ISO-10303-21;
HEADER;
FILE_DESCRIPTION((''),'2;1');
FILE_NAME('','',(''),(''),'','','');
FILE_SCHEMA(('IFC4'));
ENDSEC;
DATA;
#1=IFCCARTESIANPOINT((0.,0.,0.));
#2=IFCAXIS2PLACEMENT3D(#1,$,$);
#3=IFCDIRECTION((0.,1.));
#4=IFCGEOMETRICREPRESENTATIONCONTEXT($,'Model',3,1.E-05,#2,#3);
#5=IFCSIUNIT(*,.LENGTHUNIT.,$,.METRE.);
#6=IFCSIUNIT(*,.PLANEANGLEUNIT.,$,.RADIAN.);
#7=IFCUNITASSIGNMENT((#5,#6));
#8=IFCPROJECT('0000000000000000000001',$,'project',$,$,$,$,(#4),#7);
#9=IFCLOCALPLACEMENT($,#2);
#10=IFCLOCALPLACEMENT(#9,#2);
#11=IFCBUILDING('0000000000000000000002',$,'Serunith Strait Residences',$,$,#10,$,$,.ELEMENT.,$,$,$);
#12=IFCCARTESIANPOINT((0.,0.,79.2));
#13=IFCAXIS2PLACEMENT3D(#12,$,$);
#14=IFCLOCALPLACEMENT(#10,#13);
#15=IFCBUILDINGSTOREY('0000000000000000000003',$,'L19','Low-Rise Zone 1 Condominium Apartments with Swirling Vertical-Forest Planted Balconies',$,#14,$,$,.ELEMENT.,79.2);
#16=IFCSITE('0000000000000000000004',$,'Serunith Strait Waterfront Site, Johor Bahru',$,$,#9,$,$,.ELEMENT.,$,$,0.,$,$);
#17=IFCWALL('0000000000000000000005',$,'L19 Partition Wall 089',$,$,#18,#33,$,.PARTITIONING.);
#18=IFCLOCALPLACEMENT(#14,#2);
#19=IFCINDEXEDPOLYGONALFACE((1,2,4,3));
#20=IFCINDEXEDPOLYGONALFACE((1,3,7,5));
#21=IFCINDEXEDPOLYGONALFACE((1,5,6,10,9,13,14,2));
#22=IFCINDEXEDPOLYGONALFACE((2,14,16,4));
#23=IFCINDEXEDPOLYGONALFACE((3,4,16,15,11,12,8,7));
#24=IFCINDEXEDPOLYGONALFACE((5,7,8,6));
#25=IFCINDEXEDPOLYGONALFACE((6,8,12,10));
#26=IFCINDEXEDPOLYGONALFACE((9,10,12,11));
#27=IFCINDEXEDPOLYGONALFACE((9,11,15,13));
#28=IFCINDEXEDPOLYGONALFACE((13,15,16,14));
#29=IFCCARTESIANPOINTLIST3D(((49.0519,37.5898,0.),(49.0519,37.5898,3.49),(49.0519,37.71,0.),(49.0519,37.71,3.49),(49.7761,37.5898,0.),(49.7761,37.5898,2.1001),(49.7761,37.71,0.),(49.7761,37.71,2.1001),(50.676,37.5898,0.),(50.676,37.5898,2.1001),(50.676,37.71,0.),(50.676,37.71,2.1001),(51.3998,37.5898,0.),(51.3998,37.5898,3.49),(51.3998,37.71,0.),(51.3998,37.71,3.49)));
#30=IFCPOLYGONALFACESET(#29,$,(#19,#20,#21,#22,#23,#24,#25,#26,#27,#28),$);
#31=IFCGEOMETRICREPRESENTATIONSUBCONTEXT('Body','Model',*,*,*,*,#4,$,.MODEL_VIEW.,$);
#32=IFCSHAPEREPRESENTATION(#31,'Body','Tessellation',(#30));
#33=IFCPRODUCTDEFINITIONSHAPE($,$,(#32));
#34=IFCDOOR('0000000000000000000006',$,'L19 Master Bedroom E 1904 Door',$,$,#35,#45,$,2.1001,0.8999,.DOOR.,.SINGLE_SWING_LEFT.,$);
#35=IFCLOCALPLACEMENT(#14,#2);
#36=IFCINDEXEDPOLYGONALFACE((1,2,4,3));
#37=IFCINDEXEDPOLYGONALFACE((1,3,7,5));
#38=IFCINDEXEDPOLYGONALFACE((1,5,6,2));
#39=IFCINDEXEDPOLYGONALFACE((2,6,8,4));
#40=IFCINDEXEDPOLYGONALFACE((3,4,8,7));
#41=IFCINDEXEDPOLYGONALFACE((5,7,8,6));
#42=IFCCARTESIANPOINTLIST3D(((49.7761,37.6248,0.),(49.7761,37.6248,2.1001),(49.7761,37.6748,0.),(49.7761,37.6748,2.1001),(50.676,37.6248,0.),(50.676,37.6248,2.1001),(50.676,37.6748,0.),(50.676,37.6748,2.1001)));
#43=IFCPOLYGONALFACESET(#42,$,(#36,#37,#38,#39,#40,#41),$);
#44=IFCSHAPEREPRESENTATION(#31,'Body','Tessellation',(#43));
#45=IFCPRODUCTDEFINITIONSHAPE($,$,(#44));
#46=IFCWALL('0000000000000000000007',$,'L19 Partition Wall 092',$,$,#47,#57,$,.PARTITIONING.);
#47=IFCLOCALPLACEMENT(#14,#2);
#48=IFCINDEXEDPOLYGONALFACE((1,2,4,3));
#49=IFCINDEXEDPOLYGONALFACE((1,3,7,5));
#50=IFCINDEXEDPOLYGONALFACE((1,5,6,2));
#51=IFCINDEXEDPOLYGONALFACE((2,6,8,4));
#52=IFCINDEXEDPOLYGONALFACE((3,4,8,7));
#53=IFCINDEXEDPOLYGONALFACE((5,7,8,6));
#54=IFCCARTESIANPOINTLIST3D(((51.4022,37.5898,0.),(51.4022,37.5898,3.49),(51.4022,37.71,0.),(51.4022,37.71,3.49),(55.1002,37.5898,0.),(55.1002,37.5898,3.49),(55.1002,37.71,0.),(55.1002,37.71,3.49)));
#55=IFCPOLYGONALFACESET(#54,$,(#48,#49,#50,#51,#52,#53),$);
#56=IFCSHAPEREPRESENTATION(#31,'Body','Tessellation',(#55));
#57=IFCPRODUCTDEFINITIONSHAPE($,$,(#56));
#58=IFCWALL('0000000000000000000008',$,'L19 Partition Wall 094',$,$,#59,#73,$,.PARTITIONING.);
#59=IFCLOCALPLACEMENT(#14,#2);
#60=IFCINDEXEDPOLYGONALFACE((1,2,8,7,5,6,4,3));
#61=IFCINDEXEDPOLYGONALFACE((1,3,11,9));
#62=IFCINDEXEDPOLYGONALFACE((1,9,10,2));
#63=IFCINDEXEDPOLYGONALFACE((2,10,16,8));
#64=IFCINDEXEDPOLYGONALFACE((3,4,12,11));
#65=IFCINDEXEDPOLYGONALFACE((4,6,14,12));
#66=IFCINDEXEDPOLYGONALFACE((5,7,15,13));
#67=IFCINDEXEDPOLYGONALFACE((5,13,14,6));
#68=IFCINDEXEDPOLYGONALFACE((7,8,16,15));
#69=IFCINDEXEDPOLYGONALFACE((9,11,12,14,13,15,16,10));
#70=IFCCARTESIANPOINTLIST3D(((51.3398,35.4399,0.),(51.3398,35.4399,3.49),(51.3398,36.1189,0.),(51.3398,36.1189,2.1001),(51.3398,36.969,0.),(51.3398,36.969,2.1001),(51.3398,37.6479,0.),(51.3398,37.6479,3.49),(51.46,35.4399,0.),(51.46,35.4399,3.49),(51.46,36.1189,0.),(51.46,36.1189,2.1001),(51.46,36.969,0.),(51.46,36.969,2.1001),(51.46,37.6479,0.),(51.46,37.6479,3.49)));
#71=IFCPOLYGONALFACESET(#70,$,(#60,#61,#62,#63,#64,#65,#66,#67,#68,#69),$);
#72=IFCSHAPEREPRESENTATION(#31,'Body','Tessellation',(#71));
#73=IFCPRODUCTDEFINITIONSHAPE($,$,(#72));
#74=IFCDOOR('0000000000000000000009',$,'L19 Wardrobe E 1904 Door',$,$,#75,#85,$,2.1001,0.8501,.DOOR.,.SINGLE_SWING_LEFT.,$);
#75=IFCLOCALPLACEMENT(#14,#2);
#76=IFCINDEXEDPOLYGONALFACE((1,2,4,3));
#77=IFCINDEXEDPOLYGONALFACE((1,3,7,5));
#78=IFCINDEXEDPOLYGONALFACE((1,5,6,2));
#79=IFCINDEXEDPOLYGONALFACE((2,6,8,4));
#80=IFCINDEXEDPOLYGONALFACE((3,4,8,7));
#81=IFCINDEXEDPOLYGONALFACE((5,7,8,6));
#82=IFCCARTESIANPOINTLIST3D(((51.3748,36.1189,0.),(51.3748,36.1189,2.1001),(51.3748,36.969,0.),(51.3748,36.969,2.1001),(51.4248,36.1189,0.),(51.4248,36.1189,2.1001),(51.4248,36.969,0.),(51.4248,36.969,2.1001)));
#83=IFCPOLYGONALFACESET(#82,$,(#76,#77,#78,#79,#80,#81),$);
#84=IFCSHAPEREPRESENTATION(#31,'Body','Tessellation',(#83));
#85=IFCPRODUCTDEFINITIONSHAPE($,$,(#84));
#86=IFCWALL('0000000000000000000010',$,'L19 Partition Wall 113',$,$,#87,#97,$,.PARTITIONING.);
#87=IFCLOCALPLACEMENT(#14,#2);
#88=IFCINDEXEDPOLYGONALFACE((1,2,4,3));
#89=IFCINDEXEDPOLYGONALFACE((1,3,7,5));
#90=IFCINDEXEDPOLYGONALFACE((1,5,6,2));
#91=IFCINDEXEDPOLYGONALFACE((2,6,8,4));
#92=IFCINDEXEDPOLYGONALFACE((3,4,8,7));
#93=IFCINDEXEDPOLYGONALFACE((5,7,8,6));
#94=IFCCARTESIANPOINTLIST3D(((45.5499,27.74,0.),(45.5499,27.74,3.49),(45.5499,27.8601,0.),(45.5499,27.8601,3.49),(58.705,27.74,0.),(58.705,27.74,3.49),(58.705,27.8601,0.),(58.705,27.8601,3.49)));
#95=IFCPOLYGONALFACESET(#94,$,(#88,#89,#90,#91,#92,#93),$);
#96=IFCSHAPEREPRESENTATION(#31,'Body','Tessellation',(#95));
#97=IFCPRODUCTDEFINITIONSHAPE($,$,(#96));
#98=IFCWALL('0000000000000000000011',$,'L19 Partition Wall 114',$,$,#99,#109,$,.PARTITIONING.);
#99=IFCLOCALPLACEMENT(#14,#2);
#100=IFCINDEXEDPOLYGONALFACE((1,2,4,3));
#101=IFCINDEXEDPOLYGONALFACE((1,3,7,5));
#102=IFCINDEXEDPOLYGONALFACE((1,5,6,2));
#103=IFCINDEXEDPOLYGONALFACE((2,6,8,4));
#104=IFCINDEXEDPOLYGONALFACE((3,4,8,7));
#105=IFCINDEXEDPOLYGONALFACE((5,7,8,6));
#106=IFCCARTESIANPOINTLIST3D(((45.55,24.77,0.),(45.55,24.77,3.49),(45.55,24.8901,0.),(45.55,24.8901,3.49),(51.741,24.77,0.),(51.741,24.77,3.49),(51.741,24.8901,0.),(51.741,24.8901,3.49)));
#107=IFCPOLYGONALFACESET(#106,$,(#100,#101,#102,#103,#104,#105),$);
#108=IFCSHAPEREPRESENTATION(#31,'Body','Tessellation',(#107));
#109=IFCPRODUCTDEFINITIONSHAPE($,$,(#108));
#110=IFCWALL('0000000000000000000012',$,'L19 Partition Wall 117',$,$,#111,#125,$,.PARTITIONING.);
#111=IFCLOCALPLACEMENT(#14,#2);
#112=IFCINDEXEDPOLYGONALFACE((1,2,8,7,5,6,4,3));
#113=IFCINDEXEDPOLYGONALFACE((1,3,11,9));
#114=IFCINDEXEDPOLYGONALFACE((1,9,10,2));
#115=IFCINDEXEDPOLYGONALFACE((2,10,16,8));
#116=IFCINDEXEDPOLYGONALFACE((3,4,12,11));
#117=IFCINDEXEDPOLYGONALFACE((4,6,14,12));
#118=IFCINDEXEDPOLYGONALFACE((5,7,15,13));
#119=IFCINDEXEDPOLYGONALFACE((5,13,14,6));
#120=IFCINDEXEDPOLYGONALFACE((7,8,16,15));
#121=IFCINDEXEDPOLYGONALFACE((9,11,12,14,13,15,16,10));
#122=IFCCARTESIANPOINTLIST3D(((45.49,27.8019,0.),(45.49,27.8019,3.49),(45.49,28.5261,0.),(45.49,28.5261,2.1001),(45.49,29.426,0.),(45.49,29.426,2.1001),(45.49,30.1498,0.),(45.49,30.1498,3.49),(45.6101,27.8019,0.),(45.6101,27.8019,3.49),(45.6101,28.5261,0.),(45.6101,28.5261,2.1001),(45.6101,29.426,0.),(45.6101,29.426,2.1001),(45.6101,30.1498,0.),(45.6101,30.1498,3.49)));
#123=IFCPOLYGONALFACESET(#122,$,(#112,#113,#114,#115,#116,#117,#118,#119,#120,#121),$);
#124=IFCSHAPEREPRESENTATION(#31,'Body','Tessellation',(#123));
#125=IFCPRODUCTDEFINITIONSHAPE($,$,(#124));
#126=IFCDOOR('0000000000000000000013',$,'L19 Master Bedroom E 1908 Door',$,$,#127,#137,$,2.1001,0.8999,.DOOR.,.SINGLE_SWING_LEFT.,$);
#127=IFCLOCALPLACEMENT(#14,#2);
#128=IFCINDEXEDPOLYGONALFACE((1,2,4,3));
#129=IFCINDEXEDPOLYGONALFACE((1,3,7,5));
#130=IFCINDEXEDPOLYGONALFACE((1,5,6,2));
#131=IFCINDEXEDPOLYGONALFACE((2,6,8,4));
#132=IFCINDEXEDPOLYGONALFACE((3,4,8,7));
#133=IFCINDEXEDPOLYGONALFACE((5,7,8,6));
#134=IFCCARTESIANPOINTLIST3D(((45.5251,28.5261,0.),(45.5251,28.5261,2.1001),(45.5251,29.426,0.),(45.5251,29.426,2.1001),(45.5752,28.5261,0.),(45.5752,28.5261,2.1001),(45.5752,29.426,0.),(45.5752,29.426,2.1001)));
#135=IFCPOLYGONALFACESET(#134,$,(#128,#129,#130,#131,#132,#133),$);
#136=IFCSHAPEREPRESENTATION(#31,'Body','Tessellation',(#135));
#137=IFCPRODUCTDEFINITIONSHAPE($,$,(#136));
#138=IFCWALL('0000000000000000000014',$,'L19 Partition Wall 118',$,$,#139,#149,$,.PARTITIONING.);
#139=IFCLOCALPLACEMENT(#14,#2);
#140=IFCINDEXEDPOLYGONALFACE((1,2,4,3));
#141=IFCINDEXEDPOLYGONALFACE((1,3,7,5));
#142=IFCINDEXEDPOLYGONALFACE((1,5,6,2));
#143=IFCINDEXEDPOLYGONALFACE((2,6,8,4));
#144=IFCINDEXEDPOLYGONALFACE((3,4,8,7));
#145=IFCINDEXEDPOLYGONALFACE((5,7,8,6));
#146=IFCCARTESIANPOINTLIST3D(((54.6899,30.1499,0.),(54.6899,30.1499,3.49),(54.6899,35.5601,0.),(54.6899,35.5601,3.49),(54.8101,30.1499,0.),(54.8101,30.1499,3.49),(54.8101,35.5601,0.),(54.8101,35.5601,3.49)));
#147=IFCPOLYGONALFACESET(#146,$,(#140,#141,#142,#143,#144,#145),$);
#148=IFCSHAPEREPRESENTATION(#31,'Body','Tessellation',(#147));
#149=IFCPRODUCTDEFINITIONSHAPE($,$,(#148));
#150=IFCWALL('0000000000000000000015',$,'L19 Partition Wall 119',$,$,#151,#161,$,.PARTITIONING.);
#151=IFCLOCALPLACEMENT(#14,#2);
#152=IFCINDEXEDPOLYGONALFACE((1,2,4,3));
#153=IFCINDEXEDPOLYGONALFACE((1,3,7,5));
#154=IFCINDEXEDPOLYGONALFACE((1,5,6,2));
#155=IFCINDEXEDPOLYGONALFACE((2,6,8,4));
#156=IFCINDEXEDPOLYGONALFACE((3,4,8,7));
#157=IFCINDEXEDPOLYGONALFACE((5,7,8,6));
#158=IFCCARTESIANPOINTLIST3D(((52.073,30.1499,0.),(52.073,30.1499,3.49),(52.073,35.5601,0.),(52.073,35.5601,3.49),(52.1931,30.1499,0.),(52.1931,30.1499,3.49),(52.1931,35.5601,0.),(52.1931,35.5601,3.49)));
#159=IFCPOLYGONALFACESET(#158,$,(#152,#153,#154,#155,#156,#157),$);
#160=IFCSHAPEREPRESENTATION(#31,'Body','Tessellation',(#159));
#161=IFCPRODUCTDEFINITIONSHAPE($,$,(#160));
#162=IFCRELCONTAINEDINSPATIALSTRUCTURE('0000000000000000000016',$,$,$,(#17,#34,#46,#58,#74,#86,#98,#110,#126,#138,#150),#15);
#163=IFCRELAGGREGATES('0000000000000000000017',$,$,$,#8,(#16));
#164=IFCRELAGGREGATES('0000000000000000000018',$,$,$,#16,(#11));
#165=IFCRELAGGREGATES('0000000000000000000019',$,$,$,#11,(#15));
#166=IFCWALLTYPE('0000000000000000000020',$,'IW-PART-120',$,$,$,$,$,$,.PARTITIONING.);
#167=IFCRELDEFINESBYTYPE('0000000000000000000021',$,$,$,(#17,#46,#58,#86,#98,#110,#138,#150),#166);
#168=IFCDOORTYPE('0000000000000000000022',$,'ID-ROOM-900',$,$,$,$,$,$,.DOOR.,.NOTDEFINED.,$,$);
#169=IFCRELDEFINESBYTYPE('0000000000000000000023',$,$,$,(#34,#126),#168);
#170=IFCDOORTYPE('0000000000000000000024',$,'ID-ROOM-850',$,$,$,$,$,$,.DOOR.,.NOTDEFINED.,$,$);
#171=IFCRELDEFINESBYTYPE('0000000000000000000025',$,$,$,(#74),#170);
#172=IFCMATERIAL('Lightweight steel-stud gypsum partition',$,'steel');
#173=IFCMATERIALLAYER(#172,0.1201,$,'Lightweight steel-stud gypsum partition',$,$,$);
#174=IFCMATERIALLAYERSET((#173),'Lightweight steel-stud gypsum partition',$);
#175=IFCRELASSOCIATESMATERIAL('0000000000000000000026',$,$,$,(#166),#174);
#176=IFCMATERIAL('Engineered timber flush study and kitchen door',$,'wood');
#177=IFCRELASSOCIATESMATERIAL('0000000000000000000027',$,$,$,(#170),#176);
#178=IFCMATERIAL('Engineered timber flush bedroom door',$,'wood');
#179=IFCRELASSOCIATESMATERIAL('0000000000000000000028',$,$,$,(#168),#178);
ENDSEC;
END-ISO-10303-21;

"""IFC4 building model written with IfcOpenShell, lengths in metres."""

from ifc_helpers import new_model, si_unit, direction, frame, frame_2d, origin, place, context, subcontext, project, spatial, rectangle, extrude, source, transform, mapped, material, layer, layer_set, type_object, element, fill, save


model = new_model("IFC4")

# Units and contexts
model_context = context("Model", 3, precision=1e-05, world=origin(), true_north=direction((0.0, 1.0)))
body_context = subcontext(model_context, "Body", "Model", "MODEL_VIEW")
ifc_project = project(units=[si_unit("LENGTHUNIT", "METRE"), si_unit("PLANEANGLEUNIT", "RADIAN")], contexts=[model_context])

# Site, building, storey
site_placement = place(None, origin())
site = spatial("IfcSite", under=ifc_project, at=site_placement, Name="Serunith Strait Waterfront Site, Johor Bahru", CompositionType="ELEMENT", RefElevation=0.0)
building_placement = place(site_placement, origin())
building = spatial("IfcBuilding", under=site, at=building_placement, Name="Serunith Strait Residences", CompositionType="ELEMENT")
storey_placement = place(building_placement, frame((0.0, 0.0, 79.2)))
storey = spatial("IfcBuildingStorey", under=building, at=storey_placement, Name="L19", Description="Low-Rise Zone 1 Condominium Apartments with Swirling Vertical-Forest Planted Balconies", CompositionType="ELEMENT", Elevation=79.2)

# Wall, opening, door
ifc_material_1 = material(Name="Lightweight steel-stud gypsum partition", Category="steel")
ifc_layer_1 = layer(ifc_material_1, 0.1201, Name="Lightweight steel-stud gypsum partition")
ifc_layer_set_1 = layer_set([ifc_layer_1], Name="Lightweight steel-stud gypsum partition")
wall_type = type_object("IfcWallType", Name="IW-PART-120", PredefinedType="PARTITIONING", material=ifc_layer_set_1)
ifc_material_2 = material(Name="Engineered timber flush study and kitchen door", Category="wood")
door_type_1 = type_object("IfcDoorType", Name="ID-ROOM-850", OperationType="NOTDEFINED", PredefinedType="DOOR", material=ifc_material_2)
shared_shape_1 = source(origin(), body_context, "Body", "SweptSolid", [
    extrude(rectangle(XDim=0.8501, YDim=2.1001, at=frame_2d((0.425, 1.05))), frame((0.0, 0.0249, 0.0), z_axis=(0.0, -1.0, 0.0), x_axis=(1.0, 0.0, 0.0)), (0.0, 0.0, 1.0), 0.05),
])
wall_1_placement = place(storey_placement, frame((49.052, 37.6499, 0.0), z_axis=(0.0, 0.0, 1.0), x_axis=(1.0, 0.0, 0.0)))
wall_1 = element("IfcWall", 1, at=wall_1_placement, inside=storey, type_object=wall_type, Name="L19 Partition Wall 089", PredefinedType="PARTITIONING", context=body_context, shape_type="SweptSolid", body=[
    extrude(rectangle(XDim=2.3479, YDim=0.1201, at=frame_2d((1.1738, 0.0))), origin(), (0.0, 0.0, 1.0), 3.49),
])
opening_1_placement = place(wall_1_placement, frame((0.7241, 0.0, 0.0)))
opening_1 = element("IfcOpeningElement", 2, at=opening_1_placement, cuts=wall_1, PredefinedType="OPENING", context=body_context, shape_type="SweptSolid", body=[
    extrude(rectangle(XDim=0.8999, YDim=2.1001, at=frame_2d((0.45, 1.05))), frame((0.0, 0.0701, 0.0), z_axis=(0.0, -1.0, 0.0), x_axis=(1.0, 0.0, 0.0)), (0.0, 0.0, 1.0), 0.1401),
])
ifc_material_3 = material(Name="Engineered timber flush bedroom door", Category="wood")
door_type_2 = type_object("IfcDoorType", Name="ID-ROOM-900", OperationType="NOTDEFINED", PredefinedType="DOOR", material=ifc_material_3)
shared_shape_2 = source(origin(), body_context, "Body", "SweptSolid", [
    extrude(rectangle(XDim=0.8999, YDim=2.1001, at=frame_2d((0.45, 1.05))), frame((0.0, 0.0249, 0.0), z_axis=(0.0, -1.0, 0.0), x_axis=(1.0, 0.0, 0.0)), (0.0, 0.0, 1.0), 0.05),
])
door_1_placement = place(opening_1_placement, origin())
door_1 = element("IfcDoor", 3, at=door_1_placement, inside=storey, type_object=door_type_2, Name="L19 Master Bedroom E 1904 Door", OperationType="SINGLE_SWING_LEFT", OverallHeight=2.1001, OverallWidth=0.8999, PredefinedType="DOOR", context=body_context, shape_type="MappedRepresentation", body=[
    mapped(shared_shape_2, transform((0.0, 0.0, 0.0), scale=1.0)),
])
fill(opening_1, door_1)

# Wall
wall_2_placement = place(storey_placement, frame((51.4021, 37.6499, 0.0), z_axis=(0.0, 0.0, 1.0), x_axis=(1.0, 0.0, 0.0)))
element("IfcWall", 4, at=wall_2_placement, inside=storey, type_object=wall_type, Name="L19 Partition Wall 092", PredefinedType="PARTITIONING", context=body_context, shape_type="SweptSolid", body=[
    extrude(rectangle(XDim=3.698, YDim=0.1201, at=frame_2d((1.8491, 0.0))), origin(), (0.0, 0.0, 1.0), 3.49),
])

# Wall, opening, door
wall_3_placement = place(storey_placement, frame((51.3999, 37.6479, 0.0), z_axis=(0.0, 0.0, 1.0), x_axis=(0.0, -1.0, 0.0)))
wall_3 = element("IfcWall", 5, at=wall_3_placement, inside=storey, type_object=wall_type, Name="L19 Partition Wall 094", PredefinedType="PARTITIONING", context=body_context, shape_type="SweptSolid", body=[
    extrude(rectangle(XDim=2.208, YDim=0.1201, at=frame_2d((1.104, 0.0))), origin(), (0.0, 0.0, 1.0), 3.49),
])
opening_2_placement = place(wall_3_placement, frame((0.679, 0.0, 0.0)))
opening_2 = element("IfcOpeningElement", 6, at=opening_2_placement, cuts=wall_3, PredefinedType="OPENING", context=body_context, shape_type="SweptSolid", body=[
    extrude(rectangle(XDim=0.8501, YDim=2.1001, at=frame_2d((0.425, 1.05))), frame((0.0, 0.0701, 0.0), z_axis=(0.0, -1.0, 0.0), x_axis=(1.0, 0.0, 0.0)), (0.0, 0.0, 1.0), 0.1401),
])
door_2_placement = place(opening_2_placement, origin())
door_2 = element("IfcDoor", 7, at=door_2_placement, inside=storey, type_object=door_type_1, Name="L19 Wardrobe E 1904 Door", OperationType="SINGLE_SWING_LEFT", OverallHeight=2.1001, OverallWidth=0.8501, PredefinedType="DOOR", context=body_context, shape_type="MappedRepresentation", body=[
    mapped(shared_shape_1, transform((0.0, 0.0, 0.0), scale=1.0)),
])
fill(opening_2, door_2)

# Walls
wall_4_placement = place(storey_placement, frame((58.7051, 27.8, 0.0), z_axis=(0.0, 0.0, 1.0), x_axis=(-1.0, 0.0, 0.0)))
element("IfcWall", 8, at=wall_4_placement, inside=storey, type_object=wall_type, Name="L19 Partition Wall 113", PredefinedType="PARTITIONING", context=body_context, shape_type="SweptSolid", body=[
    extrude(rectangle(XDim=13.155, YDim=0.1201, at=frame_2d((6.5776, 0.0))), origin(), (0.0, 0.0, 1.0), 3.49),
])
wall_5_placement = place(storey_placement, frame((51.741, 24.8301, 0.0), z_axis=(0.0, 0.0, 1.0), x_axis=(-1.0, 0.0, 0.0)))
element("IfcWall", 9, at=wall_5_placement, inside=storey, type_object=wall_type, Name="L19 Partition Wall 114", PredefinedType="PARTITIONING", context=body_context, shape_type="SweptSolid", body=[
    extrude(rectangle(XDim=6.1909, YDim=0.1201, at=frame_2d((3.0955, 0.0))), origin(), (0.0, 0.0, 1.0), 3.49),
])

# Wall, opening, door
wall_6_placement = place(storey_placement, frame((45.55, 27.802, 0.0), z_axis=(0.0, 0.0, 1.0), x_axis=(0.0, 1.0, 0.0)))
wall_6 = element("IfcWall", 10, at=wall_6_placement, inside=storey, type_object=wall_type, Name="L19 Partition Wall 117", PredefinedType="PARTITIONING", context=body_context, shape_type="SweptSolid", body=[
    extrude(rectangle(XDim=2.3479, YDim=0.1201, at=frame_2d((1.1738, 0.0))), origin(), (0.0, 0.0, 1.0), 3.49),
])
opening_3_placement = place(wall_6_placement, frame((0.7241, 0.0, 0.0)))
opening_3 = element("IfcOpeningElement", 11, at=opening_3_placement, cuts=wall_6, PredefinedType="OPENING", context=body_context, shape_type="SweptSolid", body=[
    extrude(rectangle(XDim=0.8999, YDim=2.1001, at=frame_2d((0.45, 1.05))), frame((0.0, 0.0701, 0.0), z_axis=(0.0, -1.0, 0.0), x_axis=(1.0, 0.0, 0.0)), (0.0, 0.0, 1.0), 0.1401),
])
door_3_placement = place(opening_3_placement, origin())
door_3 = element("IfcDoor", 12, at=door_3_placement, inside=storey, type_object=door_type_2, Name="L19 Master Bedroom E 1908 Door", OperationType="SINGLE_SWING_LEFT", OverallHeight=2.1001, OverallWidth=0.8999, PredefinedType="DOOR", context=body_context, shape_type="MappedRepresentation", body=[
    mapped(shared_shape_2, transform((0.0, 0.0, 0.0), scale=1.0)),
])
fill(opening_3, door_3)

# Walls
for number, where, z_axis, x_axis, name in (
    (13, (54.75, 30.1499, 0.0), (0.0, 0.0, 1.0), (0.0, 1.0, 0.0), "L19 Partition Wall 118"),
    (14, (52.1331, 30.1499, 0.0), (0.0, 0.0, 1.0), (0.0, 1.0, 0.0), "L19 Partition Wall 119"),
):
    element("IfcWall", number, at=place(storey_placement, frame(where, z_axis=z_axis, x_axis=x_axis)), inside=storey, type_object=wall_type, Name=name, PredefinedType="PARTITIONING", context=body_context, shape_type="SweptSolid", body=[
        extrude(rectangle(XDim=5.4102, YDim=0.1201, at=frame_2d((2.7051, 0.0))), origin(), (0.0, 0.0, 1.0), 3.49),
    ])

save(model, "model.ifc")
